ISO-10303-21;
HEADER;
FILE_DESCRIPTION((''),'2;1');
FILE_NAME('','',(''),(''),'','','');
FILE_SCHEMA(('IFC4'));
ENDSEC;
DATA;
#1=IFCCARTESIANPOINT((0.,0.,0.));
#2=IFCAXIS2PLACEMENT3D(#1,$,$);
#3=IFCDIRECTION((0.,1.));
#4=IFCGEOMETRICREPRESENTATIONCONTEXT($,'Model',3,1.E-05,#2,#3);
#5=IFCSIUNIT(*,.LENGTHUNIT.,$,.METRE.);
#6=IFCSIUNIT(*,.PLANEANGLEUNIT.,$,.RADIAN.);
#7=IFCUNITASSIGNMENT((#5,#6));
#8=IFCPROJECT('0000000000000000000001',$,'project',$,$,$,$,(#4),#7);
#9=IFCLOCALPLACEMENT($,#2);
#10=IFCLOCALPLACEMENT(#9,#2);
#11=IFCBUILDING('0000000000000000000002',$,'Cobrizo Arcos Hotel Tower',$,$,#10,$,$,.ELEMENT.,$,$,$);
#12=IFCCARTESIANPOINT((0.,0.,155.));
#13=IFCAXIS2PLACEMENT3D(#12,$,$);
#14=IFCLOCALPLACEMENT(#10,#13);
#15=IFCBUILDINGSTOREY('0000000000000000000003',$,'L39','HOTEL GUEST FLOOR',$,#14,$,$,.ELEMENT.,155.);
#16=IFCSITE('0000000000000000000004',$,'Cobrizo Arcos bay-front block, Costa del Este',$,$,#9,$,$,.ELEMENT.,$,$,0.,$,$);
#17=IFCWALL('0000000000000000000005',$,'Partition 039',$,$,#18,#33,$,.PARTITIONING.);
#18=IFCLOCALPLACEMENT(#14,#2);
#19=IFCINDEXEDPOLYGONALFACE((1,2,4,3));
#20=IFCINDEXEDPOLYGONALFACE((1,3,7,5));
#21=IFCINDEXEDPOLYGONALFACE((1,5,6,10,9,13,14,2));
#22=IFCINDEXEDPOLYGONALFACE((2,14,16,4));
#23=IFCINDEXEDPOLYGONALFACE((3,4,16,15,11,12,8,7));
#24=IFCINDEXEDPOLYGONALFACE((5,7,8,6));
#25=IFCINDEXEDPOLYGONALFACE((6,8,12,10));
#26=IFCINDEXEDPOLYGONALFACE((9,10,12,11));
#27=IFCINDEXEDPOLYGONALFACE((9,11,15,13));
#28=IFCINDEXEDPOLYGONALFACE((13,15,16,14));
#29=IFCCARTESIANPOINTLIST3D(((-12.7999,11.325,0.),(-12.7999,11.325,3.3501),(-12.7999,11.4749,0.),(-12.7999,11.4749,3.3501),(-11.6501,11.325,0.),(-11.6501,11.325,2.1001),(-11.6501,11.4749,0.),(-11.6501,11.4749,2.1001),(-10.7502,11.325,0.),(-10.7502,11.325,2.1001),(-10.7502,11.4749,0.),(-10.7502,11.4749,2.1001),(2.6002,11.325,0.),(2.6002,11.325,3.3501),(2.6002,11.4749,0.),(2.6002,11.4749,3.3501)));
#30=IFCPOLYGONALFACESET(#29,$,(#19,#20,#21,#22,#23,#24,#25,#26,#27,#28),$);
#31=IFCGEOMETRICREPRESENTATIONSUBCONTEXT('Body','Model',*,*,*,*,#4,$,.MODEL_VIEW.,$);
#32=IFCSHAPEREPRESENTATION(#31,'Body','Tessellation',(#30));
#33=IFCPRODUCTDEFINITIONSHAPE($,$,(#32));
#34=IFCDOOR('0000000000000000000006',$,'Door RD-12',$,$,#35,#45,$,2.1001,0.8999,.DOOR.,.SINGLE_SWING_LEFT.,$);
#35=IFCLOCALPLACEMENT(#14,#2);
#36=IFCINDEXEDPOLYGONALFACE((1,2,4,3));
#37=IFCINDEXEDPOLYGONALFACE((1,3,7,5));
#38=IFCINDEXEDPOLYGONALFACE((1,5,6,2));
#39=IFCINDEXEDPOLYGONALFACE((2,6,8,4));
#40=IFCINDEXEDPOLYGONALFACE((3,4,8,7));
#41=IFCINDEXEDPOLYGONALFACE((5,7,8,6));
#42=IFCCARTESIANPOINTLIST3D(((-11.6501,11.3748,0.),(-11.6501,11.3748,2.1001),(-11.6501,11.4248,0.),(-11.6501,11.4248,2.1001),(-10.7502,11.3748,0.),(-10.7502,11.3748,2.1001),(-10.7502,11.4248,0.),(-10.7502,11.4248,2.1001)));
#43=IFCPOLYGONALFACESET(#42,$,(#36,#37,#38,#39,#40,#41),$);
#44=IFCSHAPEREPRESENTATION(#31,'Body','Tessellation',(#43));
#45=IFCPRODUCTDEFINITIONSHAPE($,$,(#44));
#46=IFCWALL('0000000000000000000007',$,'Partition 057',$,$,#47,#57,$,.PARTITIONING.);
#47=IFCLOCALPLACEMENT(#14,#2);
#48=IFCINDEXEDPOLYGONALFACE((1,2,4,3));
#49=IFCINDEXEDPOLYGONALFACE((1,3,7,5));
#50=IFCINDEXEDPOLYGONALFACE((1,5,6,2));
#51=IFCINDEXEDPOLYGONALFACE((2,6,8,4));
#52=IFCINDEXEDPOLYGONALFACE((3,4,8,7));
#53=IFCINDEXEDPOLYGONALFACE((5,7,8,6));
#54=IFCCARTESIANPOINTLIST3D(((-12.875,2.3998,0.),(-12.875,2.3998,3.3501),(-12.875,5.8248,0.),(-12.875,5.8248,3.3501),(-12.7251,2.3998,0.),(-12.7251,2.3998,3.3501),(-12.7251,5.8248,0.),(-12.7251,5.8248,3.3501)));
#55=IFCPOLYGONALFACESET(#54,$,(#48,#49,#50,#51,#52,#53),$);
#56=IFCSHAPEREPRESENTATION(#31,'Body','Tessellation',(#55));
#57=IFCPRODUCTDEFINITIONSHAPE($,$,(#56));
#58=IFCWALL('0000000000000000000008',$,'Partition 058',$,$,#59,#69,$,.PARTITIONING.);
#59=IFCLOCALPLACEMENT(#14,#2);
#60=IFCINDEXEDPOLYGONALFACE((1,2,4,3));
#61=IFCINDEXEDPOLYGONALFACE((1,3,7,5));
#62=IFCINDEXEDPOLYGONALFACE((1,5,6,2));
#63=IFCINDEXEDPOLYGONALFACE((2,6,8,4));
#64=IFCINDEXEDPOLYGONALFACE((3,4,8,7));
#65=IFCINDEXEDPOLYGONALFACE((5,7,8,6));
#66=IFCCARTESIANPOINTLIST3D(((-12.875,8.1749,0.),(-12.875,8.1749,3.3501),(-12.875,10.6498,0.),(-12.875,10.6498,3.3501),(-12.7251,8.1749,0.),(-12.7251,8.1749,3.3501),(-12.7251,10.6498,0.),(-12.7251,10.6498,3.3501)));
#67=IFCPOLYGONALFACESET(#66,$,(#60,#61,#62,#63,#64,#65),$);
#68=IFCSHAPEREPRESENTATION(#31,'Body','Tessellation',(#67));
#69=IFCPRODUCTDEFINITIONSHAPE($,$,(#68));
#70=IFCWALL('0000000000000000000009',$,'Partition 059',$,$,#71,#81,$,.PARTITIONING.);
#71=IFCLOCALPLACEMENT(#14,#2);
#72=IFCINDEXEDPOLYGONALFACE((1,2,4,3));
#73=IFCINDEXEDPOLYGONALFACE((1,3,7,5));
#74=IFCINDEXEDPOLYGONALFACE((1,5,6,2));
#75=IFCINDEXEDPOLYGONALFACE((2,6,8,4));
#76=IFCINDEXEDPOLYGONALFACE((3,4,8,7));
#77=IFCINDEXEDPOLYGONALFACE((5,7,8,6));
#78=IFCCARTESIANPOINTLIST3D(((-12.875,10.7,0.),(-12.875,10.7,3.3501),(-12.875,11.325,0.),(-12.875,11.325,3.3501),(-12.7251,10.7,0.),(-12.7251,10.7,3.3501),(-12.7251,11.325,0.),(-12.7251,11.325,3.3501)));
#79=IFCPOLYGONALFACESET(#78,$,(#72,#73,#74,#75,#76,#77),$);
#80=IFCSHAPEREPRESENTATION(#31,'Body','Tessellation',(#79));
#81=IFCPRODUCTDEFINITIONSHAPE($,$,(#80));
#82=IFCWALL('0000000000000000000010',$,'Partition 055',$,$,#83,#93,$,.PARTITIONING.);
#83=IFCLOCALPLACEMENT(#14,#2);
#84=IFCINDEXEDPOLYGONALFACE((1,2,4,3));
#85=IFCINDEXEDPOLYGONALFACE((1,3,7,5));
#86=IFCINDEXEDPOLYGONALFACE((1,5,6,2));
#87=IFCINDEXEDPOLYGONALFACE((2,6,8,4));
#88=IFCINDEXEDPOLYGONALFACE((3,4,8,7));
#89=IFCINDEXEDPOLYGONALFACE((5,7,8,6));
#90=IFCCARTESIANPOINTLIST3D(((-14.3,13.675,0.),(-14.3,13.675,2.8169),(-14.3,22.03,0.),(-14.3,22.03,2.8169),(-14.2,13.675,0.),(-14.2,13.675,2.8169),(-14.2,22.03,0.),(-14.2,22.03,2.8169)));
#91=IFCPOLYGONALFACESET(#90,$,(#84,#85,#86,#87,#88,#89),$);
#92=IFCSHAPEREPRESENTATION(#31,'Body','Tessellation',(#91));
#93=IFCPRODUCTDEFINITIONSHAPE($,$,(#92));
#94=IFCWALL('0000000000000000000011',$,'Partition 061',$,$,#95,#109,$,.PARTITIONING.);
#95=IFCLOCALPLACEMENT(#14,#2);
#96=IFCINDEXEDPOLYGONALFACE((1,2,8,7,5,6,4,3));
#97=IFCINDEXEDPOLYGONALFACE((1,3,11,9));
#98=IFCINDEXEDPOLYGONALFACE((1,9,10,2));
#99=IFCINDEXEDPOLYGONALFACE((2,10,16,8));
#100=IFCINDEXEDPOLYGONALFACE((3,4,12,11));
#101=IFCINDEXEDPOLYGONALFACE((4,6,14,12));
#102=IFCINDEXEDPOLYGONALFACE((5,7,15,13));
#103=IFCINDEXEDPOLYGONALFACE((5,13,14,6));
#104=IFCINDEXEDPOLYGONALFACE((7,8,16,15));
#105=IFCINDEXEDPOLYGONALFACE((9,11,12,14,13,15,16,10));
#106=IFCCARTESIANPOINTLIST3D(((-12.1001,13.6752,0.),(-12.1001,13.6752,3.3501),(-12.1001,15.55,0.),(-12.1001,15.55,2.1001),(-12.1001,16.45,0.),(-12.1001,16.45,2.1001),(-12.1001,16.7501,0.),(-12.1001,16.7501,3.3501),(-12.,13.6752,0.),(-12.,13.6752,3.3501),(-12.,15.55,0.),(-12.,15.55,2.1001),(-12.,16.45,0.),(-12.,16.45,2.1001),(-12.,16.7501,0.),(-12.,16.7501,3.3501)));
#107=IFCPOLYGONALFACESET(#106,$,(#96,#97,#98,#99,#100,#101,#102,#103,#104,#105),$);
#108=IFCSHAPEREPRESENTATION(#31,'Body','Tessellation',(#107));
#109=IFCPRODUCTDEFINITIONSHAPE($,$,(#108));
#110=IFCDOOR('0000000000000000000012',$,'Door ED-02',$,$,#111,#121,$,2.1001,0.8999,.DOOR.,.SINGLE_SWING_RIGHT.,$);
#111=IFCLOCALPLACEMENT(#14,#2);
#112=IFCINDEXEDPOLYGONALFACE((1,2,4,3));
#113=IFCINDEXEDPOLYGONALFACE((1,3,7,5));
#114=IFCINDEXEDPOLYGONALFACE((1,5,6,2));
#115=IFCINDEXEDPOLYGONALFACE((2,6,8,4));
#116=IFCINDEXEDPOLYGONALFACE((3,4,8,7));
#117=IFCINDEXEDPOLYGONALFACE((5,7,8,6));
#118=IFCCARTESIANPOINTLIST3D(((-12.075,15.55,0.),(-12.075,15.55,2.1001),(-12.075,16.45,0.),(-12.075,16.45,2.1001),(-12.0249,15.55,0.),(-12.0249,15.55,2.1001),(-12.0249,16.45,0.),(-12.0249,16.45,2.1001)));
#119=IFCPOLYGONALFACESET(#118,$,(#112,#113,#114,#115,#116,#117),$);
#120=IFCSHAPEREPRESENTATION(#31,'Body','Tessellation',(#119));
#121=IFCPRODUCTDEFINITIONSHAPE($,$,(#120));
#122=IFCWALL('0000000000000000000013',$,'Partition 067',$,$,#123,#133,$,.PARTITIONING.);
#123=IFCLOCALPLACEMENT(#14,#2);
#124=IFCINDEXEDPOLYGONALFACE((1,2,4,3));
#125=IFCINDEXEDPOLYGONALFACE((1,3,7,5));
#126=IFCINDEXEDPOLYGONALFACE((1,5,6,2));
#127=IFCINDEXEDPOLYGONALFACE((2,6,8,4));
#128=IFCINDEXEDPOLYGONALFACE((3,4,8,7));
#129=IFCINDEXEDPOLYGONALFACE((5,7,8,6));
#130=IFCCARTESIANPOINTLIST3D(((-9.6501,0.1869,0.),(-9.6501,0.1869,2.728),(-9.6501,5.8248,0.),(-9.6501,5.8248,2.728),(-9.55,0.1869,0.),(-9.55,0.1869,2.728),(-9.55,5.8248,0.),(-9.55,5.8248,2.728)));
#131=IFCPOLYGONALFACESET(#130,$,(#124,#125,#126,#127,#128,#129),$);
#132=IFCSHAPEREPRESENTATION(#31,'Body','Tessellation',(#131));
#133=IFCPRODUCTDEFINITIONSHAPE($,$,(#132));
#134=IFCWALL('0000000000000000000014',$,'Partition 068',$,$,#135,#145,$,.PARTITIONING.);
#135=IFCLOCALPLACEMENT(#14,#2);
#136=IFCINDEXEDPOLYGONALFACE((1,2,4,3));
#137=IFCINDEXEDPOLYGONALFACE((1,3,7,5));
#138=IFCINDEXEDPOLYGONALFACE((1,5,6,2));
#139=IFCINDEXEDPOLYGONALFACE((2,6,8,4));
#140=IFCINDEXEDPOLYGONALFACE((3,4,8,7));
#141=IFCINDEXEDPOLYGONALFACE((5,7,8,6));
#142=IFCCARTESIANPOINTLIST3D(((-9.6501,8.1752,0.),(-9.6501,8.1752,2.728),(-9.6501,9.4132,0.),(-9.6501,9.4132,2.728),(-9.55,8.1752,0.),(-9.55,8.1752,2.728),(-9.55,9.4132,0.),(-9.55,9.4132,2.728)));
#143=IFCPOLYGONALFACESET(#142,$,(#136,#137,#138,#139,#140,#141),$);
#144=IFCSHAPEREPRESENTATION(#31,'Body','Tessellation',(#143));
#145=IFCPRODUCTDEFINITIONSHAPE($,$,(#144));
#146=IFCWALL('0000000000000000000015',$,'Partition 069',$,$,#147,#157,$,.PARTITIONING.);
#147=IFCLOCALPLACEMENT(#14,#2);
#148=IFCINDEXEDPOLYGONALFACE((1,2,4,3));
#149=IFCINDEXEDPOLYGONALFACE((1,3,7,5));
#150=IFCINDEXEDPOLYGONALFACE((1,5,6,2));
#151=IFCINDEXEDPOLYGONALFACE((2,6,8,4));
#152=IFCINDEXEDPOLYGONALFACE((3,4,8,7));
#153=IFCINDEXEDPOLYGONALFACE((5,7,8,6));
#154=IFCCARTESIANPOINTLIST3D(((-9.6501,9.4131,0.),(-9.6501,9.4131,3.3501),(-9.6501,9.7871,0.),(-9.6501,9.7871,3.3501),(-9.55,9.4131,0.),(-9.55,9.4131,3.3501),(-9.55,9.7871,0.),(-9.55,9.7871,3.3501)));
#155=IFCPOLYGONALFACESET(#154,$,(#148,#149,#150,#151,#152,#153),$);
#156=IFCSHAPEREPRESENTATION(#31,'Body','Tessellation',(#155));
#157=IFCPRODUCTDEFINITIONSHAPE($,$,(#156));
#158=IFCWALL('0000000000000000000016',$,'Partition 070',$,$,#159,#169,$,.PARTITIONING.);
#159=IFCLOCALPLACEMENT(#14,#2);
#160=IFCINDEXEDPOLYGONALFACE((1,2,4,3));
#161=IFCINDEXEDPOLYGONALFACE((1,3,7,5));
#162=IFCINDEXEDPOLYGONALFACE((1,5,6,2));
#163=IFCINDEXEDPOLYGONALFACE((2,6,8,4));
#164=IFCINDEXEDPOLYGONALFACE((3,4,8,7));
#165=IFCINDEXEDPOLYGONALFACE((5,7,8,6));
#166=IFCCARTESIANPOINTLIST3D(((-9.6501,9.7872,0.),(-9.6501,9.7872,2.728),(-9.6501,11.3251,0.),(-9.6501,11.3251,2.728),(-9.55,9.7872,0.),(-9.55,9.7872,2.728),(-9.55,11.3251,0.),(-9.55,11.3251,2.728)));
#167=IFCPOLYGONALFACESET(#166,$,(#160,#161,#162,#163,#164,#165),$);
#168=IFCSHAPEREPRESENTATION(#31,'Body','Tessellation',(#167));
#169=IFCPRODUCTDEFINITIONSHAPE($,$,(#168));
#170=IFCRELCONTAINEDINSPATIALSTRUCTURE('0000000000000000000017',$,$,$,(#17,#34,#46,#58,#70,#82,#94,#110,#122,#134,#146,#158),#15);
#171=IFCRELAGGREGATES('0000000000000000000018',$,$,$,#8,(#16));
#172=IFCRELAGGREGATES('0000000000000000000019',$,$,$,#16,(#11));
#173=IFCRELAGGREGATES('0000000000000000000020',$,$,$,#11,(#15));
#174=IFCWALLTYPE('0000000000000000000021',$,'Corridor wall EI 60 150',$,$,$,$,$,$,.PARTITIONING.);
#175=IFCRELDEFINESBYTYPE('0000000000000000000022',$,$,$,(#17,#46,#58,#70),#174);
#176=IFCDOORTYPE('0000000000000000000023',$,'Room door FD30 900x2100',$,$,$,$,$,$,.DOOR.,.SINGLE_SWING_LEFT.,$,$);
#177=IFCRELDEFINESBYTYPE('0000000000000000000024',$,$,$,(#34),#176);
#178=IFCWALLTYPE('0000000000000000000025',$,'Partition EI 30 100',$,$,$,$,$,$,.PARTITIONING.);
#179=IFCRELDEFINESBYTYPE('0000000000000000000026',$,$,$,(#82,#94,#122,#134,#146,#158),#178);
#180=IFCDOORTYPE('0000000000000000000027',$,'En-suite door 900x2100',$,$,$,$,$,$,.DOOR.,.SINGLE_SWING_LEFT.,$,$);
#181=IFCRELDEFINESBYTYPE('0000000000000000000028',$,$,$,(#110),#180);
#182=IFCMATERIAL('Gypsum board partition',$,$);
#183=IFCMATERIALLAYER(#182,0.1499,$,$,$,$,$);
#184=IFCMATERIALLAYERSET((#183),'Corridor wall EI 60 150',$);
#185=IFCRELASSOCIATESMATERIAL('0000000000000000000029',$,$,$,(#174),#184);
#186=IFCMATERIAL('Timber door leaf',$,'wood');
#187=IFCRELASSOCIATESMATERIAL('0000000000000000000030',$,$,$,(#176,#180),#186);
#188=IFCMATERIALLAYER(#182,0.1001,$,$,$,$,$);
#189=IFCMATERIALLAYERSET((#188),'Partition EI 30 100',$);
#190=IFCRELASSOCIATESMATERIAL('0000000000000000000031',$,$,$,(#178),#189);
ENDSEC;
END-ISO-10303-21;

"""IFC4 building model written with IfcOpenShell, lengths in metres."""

from ifc_helpers import new_model, si_unit, direction, frame, frame_2d, origin, place, context, subcontext, project, spatial, rectangle, extrude, material, layer, layer_set, type_object, element, fill, save


model = new_model("IFC4")

# Units and contexts
model_context = context("Model", 3, precision=1e-05, world=origin(), true_north=direction((0.0, 1.0)))
body_context = subcontext(model_context, "Body", "Model", "MODEL_VIEW")
ifc_project = project(units=[si_unit("LENGTHUNIT", "METRE"), si_unit("PLANEANGLEUNIT", "RADIAN")], contexts=[model_context])

# Site, building, storey
site_placement = place(None, origin())
site = spatial("IfcSite", under=ifc_project, at=site_placement, Name="Cobrizo Arcos bay-front block, Costa del Este", CompositionType="ELEMENT", RefElevation=0.0)
building_placement = place(site_placement, origin())
building = spatial("IfcBuilding", under=site, at=building_placement, Name="Cobrizo Arcos Hotel Tower", CompositionType="ELEMENT")
storey_placement = place(building_placement, frame((0.0, 0.0, 155.0)))
storey = spatial("IfcBuildingStorey", under=building, at=storey_placement, Name="L39", Description="HOTEL GUEST FLOOR", CompositionType="ELEMENT", Elevation=155.0)

# Shared definitions
ifc_material_1 = material(Name="Gypsum board partition")
ifc_layer_1 = layer(ifc_material_1, 0.1499)
ifc_layer_set_1 = layer_set([ifc_layer_1], Name="Corridor wall EI 60 150")
wall_type_1 = type_object("IfcWallType", Name="Corridor wall EI 60 150", PredefinedType="PARTITIONING", material=ifc_layer_set_1)

# Wall, opening, door
ifc_material_2 = material(Name="Timber door leaf", Category="wood")
door_type_1 = type_object("IfcDoorType", Name="Room door FD30 900x2100", OperationType="SINGLE_SWING_LEFT", PredefinedType="DOOR", material=ifc_material_2)
wall_1_placement = place(storey_placement, frame((-12.8, 11.3999, 0.0), z_axis=(0.0, 0.0, 1.0), x_axis=(1.0, 0.0, 0.0)))
wall_1 = element("IfcWall", 1, at=wall_1_placement, inside=storey, type_object=wall_type_1, Name="Partition 039", PredefinedType="PARTITIONING", context=body_context, shape_type="SweptSolid", body=[
    extrude(rectangle(XDim=15.4001, YDim=0.1499, at=frame_2d((7.7002, 0.0))), origin(), (0.0, 0.0, 1.0), 3.3501),
])
opening_1_placement = place(wall_1_placement, frame((1.1499, 0.0, 0.0)))
opening_1 = element("IfcOpeningElement", 2, at=opening_1_placement, cuts=wall_1, PredefinedType="OPENING", context=body_context, shape_type="SweptSolid", body=[
    extrude(rectangle(XDim=0.8999, YDim=2.1001, at=frame_2d((0.45, 1.05))), frame((0.0, 0.0869, 0.0), z_axis=(0.0, -1.0, 0.0), x_axis=(1.0, 0.0, 0.0)), (0.0, 0.0, 1.0), 0.1738),
])
door_1_placement = place(opening_1_placement, origin())
door_1 = element("IfcDoor", 3, at=door_1_placement, inside=storey, type_object=door_type_1, Name="Door RD-12", OperationType="SINGLE_SWING_LEFT", OverallHeight=2.1001, OverallWidth=0.8999, PredefinedType="DOOR", context=body_context, shape_type="SweptSolid", body=[
    extrude(rectangle(XDim=0.8999, YDim=2.1001, at=frame_2d((0.45, 1.05))), frame((0.0, 0.0249, 0.0), z_axis=(0.0, -1.0, 0.0), x_axis=(1.0, 0.0, 0.0)), (0.0, 0.0, 1.0), 0.05),
])
fill(opening_1, door_1)

# Walls
wall_2_placement = place(storey_placement, frame((-12.8, 2.3999, 0.0), z_axis=(0.0, 0.0, 1.0), x_axis=(0.0, 1.0, 0.0)))
element("IfcWall", 4, at=wall_2_placement, inside=storey, type_object=wall_type_1, Name="Partition 057", PredefinedType="PARTITIONING", context=body_context, shape_type="SweptSolid", body=[
    extrude(rectangle(XDim=3.425, YDim=0.1499, at=frame_2d((1.7124, 0.0))), origin(), (0.0, 0.0, 1.0), 3.3501),
])
wall_3_placement = place(storey_placement, frame((-12.8, 8.175, 0.0), z_axis=(0.0, 0.0, 1.0), x_axis=(0.0, 1.0, 0.0)))
element("IfcWall", 5, at=wall_3_placement, inside=storey, type_object=wall_type_1, Name="Partition 058", PredefinedType="PARTITIONING", context=body_context, shape_type="SweptSolid", body=[
    extrude(rectangle(XDim=2.4749, YDim=0.1499, at=frame_2d((1.2373, 0.0))), origin(), (0.0, 0.0, 1.0), 3.3501),
])
wall_4_placement = place(storey_placement, frame((-12.8, 10.7, 0.0), z_axis=(0.0, 0.0, 1.0), x_axis=(0.0, 1.0, 0.0)))
element("IfcWall", 6, at=wall_4_placement, inside=storey, type_object=wall_type_1, Name="Partition 059", PredefinedType="PARTITIONING", context=body_context, shape_type="SweptSolid", body=[
    extrude(rectangle(XDim=0.625, YDim=0.1499, at=frame_2d((0.3125, 0.0))), origin(), (0.0, 0.0, 1.0), 3.3501),
])
ifc_layer_2 = layer(ifc_material_1, 0.1001)
ifc_layer_set_2 = layer_set([ifc_layer_2], Name="Partition EI 30 100")
wall_type_2 = type_object("IfcWallType", Name="Partition EI 30 100", PredefinedType="PARTITIONING", material=ifc_layer_set_2)
wall_5_placement = place(storey_placement, frame((-14.25, 13.675, 0.0), z_axis=(0.0, 0.0, 1.0), x_axis=(0.0, 1.0, 0.0)))
element("IfcWall", 7, at=wall_5_placement, inside=storey, type_object=wall_type_2, Name="Partition 055", PredefinedType="PARTITIONING", context=body_context, shape_type="SweptSolid", body=[
    extrude(rectangle(XDim=8.355, YDim=0.1001, at=frame_2d((4.1775, 0.0))), origin(), (0.0, 0.0, 1.0), 2.8169),
])

# Wall, opening, door
wall_6_placement = place(storey_placement, frame((-12.05, 13.675, 0.0), z_axis=(0.0, 0.0, 1.0), x_axis=(0.0, 1.0, 0.0)))
wall_6 = element("IfcWall", 8, at=wall_6_placement, inside=storey, type_object=wall_type_2, Name="Partition 061", PredefinedType="PARTITIONING", context=body_context, shape_type="SweptSolid", body=[
    extrude(rectangle(XDim=3.075, YDim=0.1001, at=frame_2d((1.5376, 0.0))), origin(), (0.0, 0.0, 1.0), 3.3501),
])
opening_2_placement = place(wall_6_placement, frame((1.875, 0.0, 0.0)))
opening_2 = element("IfcOpeningElement", 9, at=opening_2_placement, cuts=wall_6, PredefinedType="OPENING", context=body_context, shape_type="SweptSolid", body=[
    extrude(rectangle(XDim=0.8999, YDim=2.1001, at=frame_2d((0.45, 1.05))), frame((0.0, 0.062, 0.0), z_axis=(0.0, -1.0, 0.0), x_axis=(1.0, 0.0, 0.0)), (0.0, 0.0, 1.0), 0.124),
])
door_type_2 = type_object("IfcDoorType", Name="En-suite door 900x2100", OperationType="SINGLE_SWING_LEFT", PredefinedType="DOOR", material=ifc_material_2)
door_2_placement = place(opening_2_placement, origin())
door_2 = element("IfcDoor", 10, at=door_2_placement, inside=storey, type_object=door_type_2, Name="Door ED-02", OperationType="SINGLE_SWING_RIGHT", OverallHeight=2.1001, OverallWidth=0.8999, PredefinedType="DOOR", context=body_context, shape_type="SweptSolid", body=[
    extrude(rectangle(XDim=0.8999, YDim=2.1001, at=frame_2d((0.45, 1.05))), frame((0.0, 0.0249, 0.0), z_axis=(0.0, -1.0, 0.0), x_axis=(1.0, 0.0, 0.0)), (0.0, 0.0, 1.0), 0.05),
])
fill(opening_2, door_2)

# Walls
wall_7_placement = place(storey_placement, frame((-9.6001, 0.187, 0.0), z_axis=(0.0, 0.0, 1.0), x_axis=(0.0, 1.0, 0.0)))
element("IfcWall", 11, at=wall_7_placement, inside=storey, type_object=wall_type_2, Name="Partition 067", PredefinedType="PARTITIONING", context=body_context, shape_type="SweptSolid", body=[
    extrude(rectangle(XDim=5.6379, YDim=0.1001, at=frame_2d((2.8188, 0.0))), origin(), (0.0, 0.0, 1.0), 2.728),
])
wall_8_placement = place(storey_placement, frame((-9.6001, 8.175, 0.0), z_axis=(0.0, 0.0, 1.0), x_axis=(0.0, 1.0, 0.0)))
element("IfcWall", 12, at=wall_8_placement, inside=storey, type_object=wall_type_2, Name="Partition 068", PredefinedType="PARTITIONING", context=body_context, shape_type="SweptSolid", body=[
    extrude(rectangle(XDim=1.238, YDim=0.1001, at=frame_2d((0.6191, 0.0))), origin(), (0.0, 0.0, 1.0), 2.728),
])
wall_9_placement = place(storey_placement, frame((-9.6001, 9.4131, 0.0), z_axis=(0.0, 0.0, 1.0), x_axis=(0.0, 1.0, 0.0)))
element("IfcWall", 13, at=wall_9_placement, inside=storey, type_object=wall_type_2, Name="Partition 069", PredefinedType="PARTITIONING", context=body_context, shape_type="SweptSolid", body=[
    extrude(rectangle(XDim=0.374, YDim=0.1001, at=frame_2d((0.187, 0.0))), origin(), (0.0, 0.0, 1.0), 3.3501),
])
wall_10_placement = place(storey_placement, frame((-9.6001, 9.7871, 0.0), z_axis=(0.0, 0.0, 1.0), x_axis=(0.0, 1.0, 0.0)))
element("IfcWall", 14, at=wall_10_placement, inside=storey, type_object=wall_type_2, Name="Partition 070", PredefinedType="PARTITIONING", context=body_context, shape_type="SweptSolid", body=[
    extrude(rectangle(XDim=1.5378, YDim=0.1001, at=frame_2d((0.769, 0.0))), origin(), (0.0, 0.0, 1.0), 2.728),
])

save(model, "model.ifc")
